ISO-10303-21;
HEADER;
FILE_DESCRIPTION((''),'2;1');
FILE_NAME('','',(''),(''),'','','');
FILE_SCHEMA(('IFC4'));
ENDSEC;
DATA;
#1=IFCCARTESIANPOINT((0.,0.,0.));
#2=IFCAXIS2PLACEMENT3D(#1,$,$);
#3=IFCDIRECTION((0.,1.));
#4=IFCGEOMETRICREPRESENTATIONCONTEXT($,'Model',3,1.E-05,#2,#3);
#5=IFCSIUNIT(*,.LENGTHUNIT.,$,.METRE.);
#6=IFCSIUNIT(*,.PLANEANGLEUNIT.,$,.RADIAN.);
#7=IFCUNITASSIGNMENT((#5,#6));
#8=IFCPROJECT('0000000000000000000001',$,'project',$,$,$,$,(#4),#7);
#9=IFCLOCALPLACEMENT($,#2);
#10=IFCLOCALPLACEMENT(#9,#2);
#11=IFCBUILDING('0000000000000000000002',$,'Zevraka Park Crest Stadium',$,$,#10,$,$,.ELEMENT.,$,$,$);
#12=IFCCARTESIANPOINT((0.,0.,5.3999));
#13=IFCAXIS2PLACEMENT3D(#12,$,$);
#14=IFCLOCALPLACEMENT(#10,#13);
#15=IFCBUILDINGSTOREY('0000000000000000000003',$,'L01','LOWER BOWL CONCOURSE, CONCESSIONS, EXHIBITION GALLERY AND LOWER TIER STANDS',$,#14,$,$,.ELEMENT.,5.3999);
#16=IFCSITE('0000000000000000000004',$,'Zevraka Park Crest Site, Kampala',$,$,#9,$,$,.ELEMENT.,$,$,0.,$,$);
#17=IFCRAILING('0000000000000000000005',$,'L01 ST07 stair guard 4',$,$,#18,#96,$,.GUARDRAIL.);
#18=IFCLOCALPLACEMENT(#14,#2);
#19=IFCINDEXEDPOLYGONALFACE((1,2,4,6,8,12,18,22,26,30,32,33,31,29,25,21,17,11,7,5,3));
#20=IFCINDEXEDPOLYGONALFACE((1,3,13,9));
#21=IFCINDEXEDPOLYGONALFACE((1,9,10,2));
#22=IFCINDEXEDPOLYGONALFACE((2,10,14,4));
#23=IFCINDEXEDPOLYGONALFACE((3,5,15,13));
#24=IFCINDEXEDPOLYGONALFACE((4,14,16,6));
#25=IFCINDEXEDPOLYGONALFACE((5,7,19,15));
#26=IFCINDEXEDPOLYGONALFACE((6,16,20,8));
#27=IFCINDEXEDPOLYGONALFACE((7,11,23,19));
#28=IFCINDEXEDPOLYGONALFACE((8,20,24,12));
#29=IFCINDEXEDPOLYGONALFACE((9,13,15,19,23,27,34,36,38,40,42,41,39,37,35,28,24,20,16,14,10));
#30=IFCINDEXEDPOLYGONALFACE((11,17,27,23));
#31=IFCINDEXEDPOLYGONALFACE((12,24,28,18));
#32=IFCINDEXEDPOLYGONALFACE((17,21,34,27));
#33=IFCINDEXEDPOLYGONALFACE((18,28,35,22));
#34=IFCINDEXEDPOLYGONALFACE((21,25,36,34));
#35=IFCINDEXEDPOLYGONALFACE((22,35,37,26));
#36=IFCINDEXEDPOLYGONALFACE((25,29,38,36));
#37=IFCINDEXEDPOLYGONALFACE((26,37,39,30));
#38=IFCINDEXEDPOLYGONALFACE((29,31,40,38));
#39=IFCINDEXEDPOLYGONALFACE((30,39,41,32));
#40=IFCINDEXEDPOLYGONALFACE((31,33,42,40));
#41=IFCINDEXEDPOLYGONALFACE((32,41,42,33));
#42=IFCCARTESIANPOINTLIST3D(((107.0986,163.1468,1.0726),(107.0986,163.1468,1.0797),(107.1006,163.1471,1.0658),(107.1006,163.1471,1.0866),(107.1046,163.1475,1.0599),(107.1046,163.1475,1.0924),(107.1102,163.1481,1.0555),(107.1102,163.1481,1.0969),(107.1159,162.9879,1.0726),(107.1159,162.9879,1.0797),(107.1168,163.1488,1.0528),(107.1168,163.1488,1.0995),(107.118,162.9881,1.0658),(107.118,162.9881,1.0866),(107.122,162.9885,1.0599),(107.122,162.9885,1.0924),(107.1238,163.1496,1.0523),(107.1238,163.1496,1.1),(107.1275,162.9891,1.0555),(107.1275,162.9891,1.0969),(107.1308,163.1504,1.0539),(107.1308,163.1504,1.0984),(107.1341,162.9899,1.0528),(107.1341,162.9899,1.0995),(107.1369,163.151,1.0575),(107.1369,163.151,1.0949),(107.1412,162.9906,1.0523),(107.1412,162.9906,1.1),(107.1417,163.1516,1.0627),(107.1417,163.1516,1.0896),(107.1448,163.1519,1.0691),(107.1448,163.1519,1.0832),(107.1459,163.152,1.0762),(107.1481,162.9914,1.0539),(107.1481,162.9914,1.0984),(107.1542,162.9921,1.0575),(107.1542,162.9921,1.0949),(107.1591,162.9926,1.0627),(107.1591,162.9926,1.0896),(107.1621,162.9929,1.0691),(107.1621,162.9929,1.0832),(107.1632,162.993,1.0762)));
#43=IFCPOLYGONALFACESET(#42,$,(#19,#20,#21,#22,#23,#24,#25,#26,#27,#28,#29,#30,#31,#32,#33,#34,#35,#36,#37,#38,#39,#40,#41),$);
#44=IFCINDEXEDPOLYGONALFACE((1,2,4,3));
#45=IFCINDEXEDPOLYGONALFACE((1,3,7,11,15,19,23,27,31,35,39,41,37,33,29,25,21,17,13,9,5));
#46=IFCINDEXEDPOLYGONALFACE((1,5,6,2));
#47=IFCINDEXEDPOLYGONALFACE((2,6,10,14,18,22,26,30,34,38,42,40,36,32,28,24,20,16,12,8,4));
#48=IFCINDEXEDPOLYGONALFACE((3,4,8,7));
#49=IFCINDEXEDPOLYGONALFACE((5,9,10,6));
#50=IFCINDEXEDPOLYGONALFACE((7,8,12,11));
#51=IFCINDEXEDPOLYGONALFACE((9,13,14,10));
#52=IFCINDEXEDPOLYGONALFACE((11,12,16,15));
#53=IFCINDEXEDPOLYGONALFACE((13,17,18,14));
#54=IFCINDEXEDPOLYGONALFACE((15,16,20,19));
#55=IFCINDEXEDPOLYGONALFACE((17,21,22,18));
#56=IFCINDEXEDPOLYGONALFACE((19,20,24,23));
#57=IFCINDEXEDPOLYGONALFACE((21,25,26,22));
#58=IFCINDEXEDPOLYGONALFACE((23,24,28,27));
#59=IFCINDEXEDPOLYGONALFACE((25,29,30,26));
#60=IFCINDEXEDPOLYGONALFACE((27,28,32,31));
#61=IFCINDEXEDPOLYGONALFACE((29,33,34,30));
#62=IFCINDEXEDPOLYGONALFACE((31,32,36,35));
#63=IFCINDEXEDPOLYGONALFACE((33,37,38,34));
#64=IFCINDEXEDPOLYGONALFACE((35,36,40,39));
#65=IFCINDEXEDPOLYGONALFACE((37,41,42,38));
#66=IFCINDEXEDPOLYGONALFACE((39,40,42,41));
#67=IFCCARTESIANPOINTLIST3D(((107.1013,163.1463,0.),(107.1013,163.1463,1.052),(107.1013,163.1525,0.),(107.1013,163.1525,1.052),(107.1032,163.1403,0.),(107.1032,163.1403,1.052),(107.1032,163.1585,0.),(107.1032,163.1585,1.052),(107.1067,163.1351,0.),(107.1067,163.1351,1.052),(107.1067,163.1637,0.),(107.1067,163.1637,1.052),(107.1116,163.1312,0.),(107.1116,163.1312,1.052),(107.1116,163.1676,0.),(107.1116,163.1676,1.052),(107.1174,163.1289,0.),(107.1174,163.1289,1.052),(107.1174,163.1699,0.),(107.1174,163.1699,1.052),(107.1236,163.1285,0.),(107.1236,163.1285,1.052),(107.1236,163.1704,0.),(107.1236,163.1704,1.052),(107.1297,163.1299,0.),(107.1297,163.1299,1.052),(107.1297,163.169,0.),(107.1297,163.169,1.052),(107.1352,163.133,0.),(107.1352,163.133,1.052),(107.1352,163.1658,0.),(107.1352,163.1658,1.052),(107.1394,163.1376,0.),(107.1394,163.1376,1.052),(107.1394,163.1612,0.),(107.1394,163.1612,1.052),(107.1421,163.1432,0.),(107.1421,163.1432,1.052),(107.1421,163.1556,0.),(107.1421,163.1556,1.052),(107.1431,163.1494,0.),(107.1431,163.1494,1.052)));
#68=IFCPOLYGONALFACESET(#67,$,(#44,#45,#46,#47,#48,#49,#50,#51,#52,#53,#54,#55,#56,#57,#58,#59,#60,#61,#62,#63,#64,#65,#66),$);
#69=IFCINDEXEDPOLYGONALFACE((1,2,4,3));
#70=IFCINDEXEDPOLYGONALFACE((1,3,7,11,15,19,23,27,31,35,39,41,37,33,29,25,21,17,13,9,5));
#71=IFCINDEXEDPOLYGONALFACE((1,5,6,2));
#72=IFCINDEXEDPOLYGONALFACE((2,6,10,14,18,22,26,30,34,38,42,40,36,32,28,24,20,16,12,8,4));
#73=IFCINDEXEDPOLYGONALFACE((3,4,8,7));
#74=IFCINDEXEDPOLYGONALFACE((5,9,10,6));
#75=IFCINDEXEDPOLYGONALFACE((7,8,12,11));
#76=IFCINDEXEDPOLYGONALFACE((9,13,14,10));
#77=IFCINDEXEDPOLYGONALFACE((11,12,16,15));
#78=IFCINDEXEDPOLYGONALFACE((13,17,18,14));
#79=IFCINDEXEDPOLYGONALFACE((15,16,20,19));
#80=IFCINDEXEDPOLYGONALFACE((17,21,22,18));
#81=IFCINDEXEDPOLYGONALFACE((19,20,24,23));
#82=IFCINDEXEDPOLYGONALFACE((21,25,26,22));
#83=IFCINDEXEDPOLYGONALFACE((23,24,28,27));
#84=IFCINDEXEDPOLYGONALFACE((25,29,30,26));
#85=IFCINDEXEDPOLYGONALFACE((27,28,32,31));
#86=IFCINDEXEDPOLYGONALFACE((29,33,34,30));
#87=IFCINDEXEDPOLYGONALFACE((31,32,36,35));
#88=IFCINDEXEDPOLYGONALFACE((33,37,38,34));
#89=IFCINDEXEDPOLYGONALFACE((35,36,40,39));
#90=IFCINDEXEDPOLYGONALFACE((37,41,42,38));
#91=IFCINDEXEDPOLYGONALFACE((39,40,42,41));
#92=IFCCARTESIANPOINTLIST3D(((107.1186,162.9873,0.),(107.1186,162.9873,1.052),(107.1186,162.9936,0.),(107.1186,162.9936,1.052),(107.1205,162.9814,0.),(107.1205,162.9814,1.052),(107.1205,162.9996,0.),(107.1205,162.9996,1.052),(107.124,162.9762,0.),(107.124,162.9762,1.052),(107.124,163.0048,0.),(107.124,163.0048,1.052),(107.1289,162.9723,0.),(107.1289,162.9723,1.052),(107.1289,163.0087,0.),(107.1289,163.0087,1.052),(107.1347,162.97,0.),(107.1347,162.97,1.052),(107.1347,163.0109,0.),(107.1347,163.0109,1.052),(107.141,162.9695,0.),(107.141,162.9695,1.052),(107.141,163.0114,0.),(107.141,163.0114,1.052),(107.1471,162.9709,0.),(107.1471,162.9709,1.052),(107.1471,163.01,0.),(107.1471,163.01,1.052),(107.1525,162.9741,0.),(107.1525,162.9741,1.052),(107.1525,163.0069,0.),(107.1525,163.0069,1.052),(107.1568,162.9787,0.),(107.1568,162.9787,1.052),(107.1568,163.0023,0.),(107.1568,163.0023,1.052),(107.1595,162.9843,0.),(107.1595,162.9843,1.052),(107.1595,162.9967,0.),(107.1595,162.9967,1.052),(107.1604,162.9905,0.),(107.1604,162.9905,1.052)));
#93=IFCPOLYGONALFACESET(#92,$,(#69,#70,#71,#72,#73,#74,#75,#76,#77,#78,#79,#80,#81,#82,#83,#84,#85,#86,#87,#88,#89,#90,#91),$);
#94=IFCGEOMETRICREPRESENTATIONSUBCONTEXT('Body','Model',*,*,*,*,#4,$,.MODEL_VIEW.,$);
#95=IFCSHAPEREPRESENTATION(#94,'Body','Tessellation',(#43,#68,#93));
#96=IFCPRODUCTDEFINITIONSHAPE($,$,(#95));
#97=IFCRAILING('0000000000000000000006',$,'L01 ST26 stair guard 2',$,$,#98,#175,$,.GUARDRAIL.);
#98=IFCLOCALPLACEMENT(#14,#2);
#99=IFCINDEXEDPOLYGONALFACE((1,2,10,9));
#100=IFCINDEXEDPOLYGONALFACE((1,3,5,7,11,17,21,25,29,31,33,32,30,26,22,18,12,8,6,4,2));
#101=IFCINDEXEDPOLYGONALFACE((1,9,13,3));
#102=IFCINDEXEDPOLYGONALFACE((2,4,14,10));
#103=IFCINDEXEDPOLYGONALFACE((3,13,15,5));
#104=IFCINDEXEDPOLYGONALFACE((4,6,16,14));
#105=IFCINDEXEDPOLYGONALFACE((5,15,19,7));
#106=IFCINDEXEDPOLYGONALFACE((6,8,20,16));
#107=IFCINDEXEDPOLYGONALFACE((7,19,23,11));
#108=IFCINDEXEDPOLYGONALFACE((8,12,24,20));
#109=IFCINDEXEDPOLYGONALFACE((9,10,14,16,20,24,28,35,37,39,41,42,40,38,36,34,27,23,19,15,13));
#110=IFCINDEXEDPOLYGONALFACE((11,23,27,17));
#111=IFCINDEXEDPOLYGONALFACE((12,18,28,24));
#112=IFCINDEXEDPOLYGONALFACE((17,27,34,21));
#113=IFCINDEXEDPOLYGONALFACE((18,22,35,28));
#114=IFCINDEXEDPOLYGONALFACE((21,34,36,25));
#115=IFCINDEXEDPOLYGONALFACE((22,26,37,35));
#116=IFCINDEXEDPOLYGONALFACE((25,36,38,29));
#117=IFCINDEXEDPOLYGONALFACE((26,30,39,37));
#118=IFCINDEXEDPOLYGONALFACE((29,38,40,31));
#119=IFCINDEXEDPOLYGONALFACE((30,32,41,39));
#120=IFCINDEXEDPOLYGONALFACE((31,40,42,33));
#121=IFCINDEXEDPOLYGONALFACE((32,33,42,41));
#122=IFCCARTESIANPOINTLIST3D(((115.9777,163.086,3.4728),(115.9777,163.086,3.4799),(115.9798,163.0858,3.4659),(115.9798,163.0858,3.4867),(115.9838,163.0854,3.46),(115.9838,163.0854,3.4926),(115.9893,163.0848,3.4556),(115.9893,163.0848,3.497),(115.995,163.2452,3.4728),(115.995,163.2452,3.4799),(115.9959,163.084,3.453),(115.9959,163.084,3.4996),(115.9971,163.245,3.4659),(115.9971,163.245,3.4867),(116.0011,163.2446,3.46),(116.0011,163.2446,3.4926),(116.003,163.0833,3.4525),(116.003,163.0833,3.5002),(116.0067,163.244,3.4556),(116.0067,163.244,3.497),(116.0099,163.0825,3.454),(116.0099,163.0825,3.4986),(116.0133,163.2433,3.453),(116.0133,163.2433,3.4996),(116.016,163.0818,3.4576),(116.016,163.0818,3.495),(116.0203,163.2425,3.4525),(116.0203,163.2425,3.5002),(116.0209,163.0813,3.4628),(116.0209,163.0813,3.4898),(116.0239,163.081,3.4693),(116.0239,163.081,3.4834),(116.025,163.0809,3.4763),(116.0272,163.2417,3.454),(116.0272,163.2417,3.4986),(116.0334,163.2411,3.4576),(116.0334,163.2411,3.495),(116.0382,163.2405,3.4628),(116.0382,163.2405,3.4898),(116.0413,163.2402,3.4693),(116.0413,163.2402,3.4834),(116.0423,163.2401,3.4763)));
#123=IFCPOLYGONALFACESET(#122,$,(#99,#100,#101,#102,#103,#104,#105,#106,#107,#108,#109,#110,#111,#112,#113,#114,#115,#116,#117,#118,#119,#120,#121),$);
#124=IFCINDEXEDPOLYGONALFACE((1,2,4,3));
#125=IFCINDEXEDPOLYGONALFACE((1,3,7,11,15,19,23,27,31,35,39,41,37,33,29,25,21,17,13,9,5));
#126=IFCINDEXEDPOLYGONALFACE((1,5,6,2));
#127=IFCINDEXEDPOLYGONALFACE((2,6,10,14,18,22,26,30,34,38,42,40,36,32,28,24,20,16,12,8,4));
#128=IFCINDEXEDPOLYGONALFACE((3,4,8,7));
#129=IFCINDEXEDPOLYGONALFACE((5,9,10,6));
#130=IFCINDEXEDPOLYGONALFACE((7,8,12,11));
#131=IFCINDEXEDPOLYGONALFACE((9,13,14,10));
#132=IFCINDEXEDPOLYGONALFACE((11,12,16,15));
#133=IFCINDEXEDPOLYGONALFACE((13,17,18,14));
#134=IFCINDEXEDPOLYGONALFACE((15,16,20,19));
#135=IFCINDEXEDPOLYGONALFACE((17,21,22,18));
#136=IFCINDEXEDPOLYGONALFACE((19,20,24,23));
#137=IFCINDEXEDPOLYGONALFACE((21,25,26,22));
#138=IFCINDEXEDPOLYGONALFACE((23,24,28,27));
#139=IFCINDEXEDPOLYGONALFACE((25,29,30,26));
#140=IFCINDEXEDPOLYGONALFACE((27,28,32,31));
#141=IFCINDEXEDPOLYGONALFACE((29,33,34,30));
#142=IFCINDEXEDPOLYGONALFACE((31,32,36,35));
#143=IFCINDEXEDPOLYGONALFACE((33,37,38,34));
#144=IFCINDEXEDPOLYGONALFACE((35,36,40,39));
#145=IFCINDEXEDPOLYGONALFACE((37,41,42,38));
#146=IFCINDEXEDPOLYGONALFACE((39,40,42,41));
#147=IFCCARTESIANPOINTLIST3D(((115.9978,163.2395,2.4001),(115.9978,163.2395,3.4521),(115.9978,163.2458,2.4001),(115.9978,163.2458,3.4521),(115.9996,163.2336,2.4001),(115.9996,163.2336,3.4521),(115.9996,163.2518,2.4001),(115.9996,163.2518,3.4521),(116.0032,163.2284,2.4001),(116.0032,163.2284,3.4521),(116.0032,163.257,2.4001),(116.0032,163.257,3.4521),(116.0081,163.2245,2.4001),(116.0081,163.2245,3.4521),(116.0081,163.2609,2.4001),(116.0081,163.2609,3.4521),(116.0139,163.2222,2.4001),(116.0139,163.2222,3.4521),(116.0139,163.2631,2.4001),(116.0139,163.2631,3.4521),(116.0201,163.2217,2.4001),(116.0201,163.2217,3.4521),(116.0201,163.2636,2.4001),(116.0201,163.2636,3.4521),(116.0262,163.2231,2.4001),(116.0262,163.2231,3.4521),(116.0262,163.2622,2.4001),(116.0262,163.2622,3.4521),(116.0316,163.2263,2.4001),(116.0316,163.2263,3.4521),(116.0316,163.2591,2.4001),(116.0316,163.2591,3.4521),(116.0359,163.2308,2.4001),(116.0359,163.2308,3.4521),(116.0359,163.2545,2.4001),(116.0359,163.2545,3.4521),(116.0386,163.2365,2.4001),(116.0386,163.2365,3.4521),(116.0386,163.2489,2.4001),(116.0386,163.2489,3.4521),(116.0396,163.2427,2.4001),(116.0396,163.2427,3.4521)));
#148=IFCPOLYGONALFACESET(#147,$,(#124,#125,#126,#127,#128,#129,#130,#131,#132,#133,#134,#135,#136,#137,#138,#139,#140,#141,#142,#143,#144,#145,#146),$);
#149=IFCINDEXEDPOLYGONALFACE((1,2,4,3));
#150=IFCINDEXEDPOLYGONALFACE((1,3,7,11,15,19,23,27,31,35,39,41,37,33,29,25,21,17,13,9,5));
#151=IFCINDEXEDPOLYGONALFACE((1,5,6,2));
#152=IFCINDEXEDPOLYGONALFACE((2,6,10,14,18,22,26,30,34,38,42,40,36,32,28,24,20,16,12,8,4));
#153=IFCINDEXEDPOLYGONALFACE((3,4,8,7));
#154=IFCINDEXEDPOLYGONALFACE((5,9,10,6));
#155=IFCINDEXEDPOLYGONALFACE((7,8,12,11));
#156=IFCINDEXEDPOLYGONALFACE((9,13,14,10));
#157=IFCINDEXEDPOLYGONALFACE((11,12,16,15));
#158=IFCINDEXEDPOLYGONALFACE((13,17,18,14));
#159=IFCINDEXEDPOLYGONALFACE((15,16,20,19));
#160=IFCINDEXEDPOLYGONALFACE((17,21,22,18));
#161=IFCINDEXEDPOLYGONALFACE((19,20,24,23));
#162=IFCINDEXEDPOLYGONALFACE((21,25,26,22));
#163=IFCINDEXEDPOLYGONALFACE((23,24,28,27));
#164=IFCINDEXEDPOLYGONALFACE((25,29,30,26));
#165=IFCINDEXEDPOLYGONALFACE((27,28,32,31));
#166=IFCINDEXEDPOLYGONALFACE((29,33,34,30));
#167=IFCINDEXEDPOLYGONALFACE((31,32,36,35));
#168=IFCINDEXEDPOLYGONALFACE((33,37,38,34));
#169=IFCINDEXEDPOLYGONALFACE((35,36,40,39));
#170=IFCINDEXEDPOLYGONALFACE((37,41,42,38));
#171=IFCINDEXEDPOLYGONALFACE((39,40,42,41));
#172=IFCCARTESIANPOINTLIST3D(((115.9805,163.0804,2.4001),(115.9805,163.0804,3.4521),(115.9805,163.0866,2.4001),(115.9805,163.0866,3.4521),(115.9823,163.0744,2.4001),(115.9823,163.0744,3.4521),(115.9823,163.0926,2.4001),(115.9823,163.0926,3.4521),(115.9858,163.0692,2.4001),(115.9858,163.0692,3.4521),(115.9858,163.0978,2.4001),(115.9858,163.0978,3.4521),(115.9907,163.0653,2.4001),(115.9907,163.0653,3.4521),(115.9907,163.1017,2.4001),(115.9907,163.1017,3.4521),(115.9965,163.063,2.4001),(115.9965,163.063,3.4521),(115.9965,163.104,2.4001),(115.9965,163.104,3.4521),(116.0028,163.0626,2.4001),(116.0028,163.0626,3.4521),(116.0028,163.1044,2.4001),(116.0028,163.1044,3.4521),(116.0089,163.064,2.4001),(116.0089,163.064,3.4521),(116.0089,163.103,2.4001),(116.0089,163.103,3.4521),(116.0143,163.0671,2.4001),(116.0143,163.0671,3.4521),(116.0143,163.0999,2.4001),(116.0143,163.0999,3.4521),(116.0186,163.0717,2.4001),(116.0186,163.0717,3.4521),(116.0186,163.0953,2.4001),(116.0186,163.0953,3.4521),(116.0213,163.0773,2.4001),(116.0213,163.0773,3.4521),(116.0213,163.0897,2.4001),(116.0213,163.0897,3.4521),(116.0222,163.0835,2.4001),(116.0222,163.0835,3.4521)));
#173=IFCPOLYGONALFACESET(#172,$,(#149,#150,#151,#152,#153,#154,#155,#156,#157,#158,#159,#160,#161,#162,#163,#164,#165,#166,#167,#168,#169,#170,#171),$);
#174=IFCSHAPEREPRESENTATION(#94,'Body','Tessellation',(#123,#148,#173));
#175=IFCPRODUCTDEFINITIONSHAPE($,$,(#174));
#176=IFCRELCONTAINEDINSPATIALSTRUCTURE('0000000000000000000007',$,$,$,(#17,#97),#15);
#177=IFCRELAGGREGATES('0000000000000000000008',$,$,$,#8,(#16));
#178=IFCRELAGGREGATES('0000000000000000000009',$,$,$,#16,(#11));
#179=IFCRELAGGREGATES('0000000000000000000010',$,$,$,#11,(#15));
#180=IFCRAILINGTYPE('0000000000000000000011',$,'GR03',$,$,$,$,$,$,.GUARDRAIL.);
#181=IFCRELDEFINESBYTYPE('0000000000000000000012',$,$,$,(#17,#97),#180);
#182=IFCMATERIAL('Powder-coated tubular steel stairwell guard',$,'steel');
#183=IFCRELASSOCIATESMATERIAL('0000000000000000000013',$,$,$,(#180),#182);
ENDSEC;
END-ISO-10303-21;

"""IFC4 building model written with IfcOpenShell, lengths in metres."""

from ifc_helpers import new_model, si_unit, direction, frame, origin, origin_2d, place, context, subcontext, project, spatial, circle, extrude, material, type_object, element, save


model = new_model("IFC4")

# Units and contexts
model_context = context("Model", 3, precision=1e-05, world=origin(), true_north=direction((0.0, 1.0)))
body_context = subcontext(model_context, "Body", "Model", "MODEL_VIEW")
ifc_project = project(units=[si_unit("LENGTHUNIT", "METRE"), si_unit("PLANEANGLEUNIT", "RADIAN")], contexts=[model_context])

# Site, building, storey
site_placement = place(None, origin())
site = spatial("IfcSite", under=ifc_project, at=site_placement, Name="Zevraka Park Crest Site, Kampala", CompositionType="ELEMENT", RefElevation=0.0)
building_placement = place(site_placement, origin())
building = spatial("IfcBuilding", under=site, at=building_placement, Name="Zevraka Park Crest Stadium", CompositionType="ELEMENT")
storey_placement = place(building_placement, frame((0.0, 0.0, 5.3999)))
storey = spatial("IfcBuildingStorey", under=building, at=storey_placement, Name="L01", Description="LOWER BOWL CONCOURSE, CONCESSIONS, EXHIBITION GALLERY AND LOWER TIER STANDS", CompositionType="ELEMENT", Elevation=5.3999)

# Railings
ifc_material_1 = material(Name="Powder-coated tubular steel stairwell guard", Category="steel")
railing_type_1 = type_object("IfcRailingType", Name="GR03", PredefinedType="GUARDRAIL", material=ifc_material_1)
railing_1_placement = place(storey_placement, frame((107.1221, 163.1494, 0.0)))
element("IfcRailing", 1, at=railing_1_placement, inside=storey, type_object=railing_type_1, Name="L01 ST07 stair guard 4", PredefinedType="GUARDRAIL", context=body_context, shape_type="SweptSolid", body=[
    extrude(circle(Radius=0.0239, at=origin_2d()), frame((0.0, 0.0, 1.0762), z_axis=(0.10842, -0.994105, 0.0), x_axis=(0.994105, 0.10842, 0.0)), (0.0, 0.0, 1.0), 0.1599),
    extrude(circle(Radius=0.021, at=origin_2d()), origin(), (0.0, 0.0, 1.0), 1.052),
    extrude(circle(Radius=0.021, at=origin_2d()), frame((0.0173, -0.1589, 0.0)), (0.0, 0.0, 1.0), 1.052),
])
railing_2_placement = place(storey_placement, frame((116.0186, 163.2427, 2.4001)))
element("IfcRailing", 2, at=railing_2_placement, inside=storey, type_object=railing_type_1, Name="L01 ST26 stair guard 2", PredefinedType="GUARDRAIL", context=body_context, shape_type="SweptSolid", body=[
    extrude(circle(Radius=0.0239, at=origin_2d()), frame((0.0, 0.0, 1.0762), z_axis=(-0.108256, -0.994123, 0.0), x_axis=(0.994123, -0.108256, 0.0)), (0.0, 0.0, 1.0), 0.1602),
    extrude(circle(Radius=0.021, at=origin_2d()), origin(), (0.0, 0.0, 1.0), 1.052),
    extrude(circle(Radius=0.021, at=origin_2d()), frame((-0.0173, -0.1592, 0.0)), (0.0, 0.0, 1.0), 1.052),
])

save(model, "model.ifc")
